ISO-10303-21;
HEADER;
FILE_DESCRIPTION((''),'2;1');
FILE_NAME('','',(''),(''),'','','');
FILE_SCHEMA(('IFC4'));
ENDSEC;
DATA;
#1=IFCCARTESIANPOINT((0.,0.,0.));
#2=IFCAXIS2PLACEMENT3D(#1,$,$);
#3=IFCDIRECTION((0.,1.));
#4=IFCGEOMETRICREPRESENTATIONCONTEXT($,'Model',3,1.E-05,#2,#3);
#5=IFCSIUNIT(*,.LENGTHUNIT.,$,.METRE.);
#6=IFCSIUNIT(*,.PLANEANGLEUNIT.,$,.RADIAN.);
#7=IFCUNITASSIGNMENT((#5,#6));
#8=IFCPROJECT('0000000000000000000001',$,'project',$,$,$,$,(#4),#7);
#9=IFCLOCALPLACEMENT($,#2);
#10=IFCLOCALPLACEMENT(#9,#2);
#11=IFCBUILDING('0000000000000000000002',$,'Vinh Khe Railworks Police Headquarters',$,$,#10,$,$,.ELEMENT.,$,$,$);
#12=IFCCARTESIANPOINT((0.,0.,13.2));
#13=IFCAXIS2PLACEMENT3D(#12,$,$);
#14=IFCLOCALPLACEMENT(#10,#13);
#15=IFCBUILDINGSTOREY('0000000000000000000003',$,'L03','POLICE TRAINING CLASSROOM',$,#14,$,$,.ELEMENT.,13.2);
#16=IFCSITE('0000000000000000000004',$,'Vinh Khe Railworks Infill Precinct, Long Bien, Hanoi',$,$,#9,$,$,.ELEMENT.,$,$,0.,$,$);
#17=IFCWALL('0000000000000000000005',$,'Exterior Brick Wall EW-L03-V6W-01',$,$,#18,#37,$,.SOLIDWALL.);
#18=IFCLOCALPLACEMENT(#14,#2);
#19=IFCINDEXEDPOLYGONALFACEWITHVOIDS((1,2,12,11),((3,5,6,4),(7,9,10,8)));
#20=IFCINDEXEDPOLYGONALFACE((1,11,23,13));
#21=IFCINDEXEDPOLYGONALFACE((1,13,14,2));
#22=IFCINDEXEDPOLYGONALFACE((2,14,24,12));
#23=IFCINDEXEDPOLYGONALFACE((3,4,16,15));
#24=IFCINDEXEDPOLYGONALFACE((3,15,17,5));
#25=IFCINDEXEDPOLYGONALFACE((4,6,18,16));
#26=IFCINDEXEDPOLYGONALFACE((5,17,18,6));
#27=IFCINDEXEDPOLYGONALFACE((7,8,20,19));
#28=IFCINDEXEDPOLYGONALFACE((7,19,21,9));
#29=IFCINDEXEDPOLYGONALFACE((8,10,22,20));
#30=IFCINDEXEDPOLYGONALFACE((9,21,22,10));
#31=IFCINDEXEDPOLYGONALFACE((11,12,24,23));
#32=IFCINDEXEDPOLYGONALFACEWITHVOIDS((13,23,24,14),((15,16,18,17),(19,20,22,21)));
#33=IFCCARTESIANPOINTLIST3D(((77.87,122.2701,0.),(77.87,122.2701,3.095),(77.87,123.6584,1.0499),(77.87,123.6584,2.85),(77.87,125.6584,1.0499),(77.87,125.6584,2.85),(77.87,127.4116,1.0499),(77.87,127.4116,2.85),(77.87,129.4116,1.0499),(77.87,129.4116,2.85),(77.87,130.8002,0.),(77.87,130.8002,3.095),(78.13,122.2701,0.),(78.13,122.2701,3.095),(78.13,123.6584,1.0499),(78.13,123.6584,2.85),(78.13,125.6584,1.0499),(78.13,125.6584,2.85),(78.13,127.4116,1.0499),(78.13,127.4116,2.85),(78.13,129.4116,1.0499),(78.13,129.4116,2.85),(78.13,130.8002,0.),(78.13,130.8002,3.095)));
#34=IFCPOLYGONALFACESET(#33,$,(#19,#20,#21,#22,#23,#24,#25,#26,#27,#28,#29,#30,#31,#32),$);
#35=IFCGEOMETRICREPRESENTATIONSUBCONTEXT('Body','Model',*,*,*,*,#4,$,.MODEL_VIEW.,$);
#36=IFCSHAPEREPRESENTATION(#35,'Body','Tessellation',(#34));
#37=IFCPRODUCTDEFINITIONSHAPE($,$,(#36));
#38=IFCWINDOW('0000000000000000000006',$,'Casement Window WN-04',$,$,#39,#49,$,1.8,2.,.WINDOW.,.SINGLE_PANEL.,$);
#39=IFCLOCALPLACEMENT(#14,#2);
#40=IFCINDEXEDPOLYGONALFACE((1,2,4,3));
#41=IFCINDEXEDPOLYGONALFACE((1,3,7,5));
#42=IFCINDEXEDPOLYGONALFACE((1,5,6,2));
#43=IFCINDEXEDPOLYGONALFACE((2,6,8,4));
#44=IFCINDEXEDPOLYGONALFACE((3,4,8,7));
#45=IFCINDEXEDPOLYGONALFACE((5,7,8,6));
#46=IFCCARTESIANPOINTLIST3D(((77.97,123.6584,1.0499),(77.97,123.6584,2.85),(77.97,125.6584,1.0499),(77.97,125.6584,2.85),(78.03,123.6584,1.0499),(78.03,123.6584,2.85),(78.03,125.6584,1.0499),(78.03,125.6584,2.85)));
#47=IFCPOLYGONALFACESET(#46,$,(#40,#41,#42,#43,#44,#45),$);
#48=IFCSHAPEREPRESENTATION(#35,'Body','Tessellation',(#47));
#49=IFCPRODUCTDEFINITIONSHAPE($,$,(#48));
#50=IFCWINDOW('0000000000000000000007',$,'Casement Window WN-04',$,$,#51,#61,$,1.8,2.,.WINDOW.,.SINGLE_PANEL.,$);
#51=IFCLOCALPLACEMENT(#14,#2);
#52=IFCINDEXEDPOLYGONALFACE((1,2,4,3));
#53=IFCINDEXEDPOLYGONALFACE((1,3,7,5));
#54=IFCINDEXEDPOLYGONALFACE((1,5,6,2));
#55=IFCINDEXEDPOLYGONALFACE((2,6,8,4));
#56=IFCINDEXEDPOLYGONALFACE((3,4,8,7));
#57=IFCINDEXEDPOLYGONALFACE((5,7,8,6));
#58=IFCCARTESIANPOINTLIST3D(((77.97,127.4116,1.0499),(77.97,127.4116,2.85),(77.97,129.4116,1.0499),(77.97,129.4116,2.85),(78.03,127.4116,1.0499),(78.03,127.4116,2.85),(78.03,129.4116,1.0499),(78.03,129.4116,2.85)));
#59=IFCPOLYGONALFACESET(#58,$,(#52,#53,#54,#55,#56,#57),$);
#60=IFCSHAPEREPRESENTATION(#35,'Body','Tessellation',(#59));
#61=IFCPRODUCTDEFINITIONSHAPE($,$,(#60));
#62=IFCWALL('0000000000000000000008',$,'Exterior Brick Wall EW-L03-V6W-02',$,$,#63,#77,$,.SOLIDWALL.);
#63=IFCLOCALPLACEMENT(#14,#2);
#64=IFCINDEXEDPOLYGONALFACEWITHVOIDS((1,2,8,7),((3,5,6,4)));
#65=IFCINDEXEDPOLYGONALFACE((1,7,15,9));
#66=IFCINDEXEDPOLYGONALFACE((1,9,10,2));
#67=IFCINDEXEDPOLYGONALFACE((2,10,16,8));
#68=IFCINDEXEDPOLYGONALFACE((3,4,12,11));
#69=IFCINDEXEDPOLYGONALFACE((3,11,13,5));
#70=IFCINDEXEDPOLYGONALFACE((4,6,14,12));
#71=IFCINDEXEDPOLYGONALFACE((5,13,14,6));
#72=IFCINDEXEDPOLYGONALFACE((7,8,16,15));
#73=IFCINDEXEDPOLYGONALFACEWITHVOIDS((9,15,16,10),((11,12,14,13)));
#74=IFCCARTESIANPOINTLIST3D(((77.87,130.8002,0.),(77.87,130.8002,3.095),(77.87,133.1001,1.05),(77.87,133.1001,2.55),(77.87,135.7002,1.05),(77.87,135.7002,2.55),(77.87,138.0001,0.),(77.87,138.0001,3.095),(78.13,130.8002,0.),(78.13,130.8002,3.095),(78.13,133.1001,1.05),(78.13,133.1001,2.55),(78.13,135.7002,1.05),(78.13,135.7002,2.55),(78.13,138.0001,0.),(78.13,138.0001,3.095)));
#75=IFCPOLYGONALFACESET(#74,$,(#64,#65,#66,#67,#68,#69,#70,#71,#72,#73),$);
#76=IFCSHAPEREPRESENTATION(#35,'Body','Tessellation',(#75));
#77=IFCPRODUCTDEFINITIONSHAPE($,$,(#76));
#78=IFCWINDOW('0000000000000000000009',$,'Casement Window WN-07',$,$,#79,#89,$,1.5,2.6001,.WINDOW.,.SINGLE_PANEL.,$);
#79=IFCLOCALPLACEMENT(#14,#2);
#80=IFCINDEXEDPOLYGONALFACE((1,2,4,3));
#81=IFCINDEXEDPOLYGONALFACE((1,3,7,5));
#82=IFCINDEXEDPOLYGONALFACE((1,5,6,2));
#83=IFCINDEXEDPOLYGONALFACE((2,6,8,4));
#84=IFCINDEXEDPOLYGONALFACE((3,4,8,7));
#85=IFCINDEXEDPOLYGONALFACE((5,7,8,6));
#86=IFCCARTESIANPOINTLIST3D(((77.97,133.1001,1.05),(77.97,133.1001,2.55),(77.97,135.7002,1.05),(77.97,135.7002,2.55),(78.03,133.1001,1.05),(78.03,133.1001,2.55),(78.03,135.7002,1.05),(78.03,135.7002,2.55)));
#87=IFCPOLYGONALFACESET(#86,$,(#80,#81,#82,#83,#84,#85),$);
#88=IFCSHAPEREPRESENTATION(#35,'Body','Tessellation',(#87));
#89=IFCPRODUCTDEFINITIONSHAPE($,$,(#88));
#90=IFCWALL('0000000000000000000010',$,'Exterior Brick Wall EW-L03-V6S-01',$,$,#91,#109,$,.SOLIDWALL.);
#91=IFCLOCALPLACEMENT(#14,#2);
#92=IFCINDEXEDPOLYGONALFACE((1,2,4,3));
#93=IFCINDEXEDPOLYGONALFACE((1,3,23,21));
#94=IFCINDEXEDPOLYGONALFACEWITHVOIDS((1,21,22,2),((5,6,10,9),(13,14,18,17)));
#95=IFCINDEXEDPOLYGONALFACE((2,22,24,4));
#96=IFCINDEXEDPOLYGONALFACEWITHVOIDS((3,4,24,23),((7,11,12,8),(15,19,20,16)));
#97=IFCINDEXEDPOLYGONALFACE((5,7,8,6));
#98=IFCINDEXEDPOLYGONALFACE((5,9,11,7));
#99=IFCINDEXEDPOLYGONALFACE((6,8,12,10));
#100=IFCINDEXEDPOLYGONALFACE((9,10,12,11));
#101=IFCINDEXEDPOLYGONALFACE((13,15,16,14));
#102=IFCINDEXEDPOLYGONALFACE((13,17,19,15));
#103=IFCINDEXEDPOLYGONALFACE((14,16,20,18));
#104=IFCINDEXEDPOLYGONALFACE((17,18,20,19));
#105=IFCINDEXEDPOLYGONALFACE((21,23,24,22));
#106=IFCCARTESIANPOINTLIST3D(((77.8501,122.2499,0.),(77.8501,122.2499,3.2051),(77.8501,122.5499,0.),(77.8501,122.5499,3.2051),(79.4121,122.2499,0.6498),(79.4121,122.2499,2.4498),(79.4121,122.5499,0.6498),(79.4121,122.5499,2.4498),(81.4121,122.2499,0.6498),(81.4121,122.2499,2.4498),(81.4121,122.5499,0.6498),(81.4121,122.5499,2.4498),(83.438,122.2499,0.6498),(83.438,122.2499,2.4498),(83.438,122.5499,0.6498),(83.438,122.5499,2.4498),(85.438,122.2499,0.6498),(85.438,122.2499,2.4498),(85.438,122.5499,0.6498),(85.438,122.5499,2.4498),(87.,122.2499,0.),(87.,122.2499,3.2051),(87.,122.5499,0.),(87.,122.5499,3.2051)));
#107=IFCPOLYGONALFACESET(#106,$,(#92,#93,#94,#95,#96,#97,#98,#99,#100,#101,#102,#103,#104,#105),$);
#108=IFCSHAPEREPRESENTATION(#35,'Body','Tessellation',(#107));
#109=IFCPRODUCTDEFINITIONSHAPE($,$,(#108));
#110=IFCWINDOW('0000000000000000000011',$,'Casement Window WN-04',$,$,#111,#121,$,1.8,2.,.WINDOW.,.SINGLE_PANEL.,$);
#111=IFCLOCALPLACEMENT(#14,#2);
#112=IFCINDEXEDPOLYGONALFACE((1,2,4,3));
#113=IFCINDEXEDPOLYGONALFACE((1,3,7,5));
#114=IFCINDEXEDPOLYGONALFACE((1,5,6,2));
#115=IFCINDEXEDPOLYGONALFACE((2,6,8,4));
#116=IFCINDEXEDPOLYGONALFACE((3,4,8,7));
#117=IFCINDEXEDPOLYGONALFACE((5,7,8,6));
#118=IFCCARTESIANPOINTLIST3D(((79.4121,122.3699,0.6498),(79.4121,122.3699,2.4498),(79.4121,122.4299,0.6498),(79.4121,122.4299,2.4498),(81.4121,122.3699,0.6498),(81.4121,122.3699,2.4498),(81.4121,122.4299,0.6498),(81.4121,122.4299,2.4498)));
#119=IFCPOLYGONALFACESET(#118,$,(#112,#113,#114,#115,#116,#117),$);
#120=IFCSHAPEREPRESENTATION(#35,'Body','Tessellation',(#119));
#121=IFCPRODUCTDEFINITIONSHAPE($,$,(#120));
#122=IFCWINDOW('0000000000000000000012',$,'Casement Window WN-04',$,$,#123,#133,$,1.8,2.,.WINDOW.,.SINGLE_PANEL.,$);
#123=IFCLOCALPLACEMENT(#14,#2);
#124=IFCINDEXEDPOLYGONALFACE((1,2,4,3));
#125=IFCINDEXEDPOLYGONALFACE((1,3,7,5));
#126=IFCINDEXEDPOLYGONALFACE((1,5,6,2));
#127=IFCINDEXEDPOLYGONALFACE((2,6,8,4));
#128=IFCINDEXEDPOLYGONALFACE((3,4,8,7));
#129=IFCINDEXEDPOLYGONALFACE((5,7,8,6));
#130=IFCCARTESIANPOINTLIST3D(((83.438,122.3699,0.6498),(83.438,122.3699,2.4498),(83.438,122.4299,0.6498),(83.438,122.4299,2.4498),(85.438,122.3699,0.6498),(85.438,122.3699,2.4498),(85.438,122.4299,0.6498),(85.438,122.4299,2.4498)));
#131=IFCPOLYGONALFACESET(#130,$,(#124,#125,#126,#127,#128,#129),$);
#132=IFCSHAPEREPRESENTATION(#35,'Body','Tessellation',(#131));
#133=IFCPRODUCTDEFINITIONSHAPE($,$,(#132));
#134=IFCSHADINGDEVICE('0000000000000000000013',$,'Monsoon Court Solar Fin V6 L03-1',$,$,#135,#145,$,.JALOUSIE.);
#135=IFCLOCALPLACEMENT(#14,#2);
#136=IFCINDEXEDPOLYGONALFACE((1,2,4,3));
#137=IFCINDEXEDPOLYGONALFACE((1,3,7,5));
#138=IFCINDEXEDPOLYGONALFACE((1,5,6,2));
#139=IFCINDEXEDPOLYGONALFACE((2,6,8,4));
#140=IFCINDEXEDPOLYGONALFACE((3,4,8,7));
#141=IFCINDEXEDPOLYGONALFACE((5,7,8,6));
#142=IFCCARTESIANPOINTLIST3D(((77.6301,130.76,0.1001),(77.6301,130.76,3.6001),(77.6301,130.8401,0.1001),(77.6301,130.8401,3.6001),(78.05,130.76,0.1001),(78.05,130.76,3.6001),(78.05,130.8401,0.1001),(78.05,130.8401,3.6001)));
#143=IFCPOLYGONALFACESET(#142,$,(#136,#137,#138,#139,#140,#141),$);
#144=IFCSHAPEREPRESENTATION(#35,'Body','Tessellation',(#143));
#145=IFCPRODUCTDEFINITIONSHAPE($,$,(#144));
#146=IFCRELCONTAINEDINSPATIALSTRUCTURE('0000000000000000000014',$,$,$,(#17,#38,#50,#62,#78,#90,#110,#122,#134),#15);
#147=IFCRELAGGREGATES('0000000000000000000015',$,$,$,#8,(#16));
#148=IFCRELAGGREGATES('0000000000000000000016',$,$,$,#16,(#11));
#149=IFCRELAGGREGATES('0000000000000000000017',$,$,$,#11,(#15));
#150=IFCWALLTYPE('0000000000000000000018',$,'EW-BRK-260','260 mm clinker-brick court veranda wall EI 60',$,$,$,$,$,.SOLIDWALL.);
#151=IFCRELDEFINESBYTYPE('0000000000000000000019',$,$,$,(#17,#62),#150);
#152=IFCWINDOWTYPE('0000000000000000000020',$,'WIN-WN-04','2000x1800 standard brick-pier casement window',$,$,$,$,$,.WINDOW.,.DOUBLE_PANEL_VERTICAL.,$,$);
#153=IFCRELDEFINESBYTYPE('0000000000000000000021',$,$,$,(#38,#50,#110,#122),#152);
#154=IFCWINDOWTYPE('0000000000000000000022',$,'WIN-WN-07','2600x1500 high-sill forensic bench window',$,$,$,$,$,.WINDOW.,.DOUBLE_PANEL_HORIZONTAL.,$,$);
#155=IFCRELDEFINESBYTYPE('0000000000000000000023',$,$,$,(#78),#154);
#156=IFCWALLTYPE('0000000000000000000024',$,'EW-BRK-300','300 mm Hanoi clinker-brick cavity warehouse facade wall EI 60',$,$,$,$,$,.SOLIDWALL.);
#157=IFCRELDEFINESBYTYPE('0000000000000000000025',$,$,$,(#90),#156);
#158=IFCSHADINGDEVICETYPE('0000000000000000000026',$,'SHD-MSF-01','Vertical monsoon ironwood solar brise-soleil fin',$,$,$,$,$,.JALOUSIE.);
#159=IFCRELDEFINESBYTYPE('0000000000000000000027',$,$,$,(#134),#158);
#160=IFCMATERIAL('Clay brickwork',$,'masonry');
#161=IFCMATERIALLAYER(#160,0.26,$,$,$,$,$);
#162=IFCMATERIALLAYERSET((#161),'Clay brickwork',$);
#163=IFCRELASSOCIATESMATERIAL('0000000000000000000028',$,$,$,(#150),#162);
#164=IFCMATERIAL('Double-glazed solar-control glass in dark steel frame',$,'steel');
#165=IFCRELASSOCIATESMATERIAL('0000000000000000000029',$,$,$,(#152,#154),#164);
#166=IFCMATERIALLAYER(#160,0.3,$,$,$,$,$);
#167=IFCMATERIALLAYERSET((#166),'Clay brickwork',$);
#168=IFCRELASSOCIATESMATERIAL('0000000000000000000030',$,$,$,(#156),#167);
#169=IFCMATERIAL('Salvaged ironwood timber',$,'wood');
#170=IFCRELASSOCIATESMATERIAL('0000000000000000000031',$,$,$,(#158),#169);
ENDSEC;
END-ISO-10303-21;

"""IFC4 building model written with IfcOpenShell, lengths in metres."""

from ifc_helpers import new_model, si_unit, direction, frame, frame_2d, origin, origin_2d, place, context, subcontext, project, spatial, rectangle, extrude, material, layer, layer_set, type_object, element, fill, save


model = new_model("IFC4")

# Units and contexts
model_context = context("Model", 3, precision=1e-05, world=origin(), true_north=direction((0.0, 1.0)))
body_context = subcontext(model_context, "Body", "Model", "MODEL_VIEW")
ifc_project = project(units=[si_unit("LENGTHUNIT", "METRE"), si_unit("PLANEANGLEUNIT", "RADIAN")], contexts=[model_context])

# Site, building, storey
site_placement = place(None, origin())
site = spatial("IfcSite", under=ifc_project, at=site_placement, Name="Vinh Khe Railworks Infill Precinct, Long Bien, Hanoi", CompositionType="ELEMENT", RefElevation=0.0)
building_placement = place(site_placement, origin())
building = spatial("IfcBuilding", under=site, at=building_placement, Name="Vinh Khe Railworks Police Headquarters", CompositionType="ELEMENT")
storey_placement = place(building_placement, frame((0.0, 0.0, 13.2)))
storey = spatial("IfcBuildingStorey", under=building, at=storey_placement, Name="L03", Description="POLICE TRAINING CLASSROOM", CompositionType="ELEMENT", Elevation=13.2)

# Wall, openings, windows
ifc_material_1 = material(Name="Clay brickwork", Category="masonry")
ifc_layer_1 = layer(ifc_material_1, 0.26)
ifc_layer_set_1 = layer_set([ifc_layer_1], Name="Clay brickwork")
wall_type_1 = type_object("IfcWallType", Name="EW-BRK-260", Description="260 mm clinker-brick court veranda wall EI 60", PredefinedType="SOLIDWALL", material=ifc_layer_set_1)
wall_1_placement = place(storey_placement, frame((78.0, 122.27, 0.0), z_axis=(0.0, 0.0, 1.0), x_axis=(0.0, 1.0, 0.0)))
wall_1 = element("IfcWall", 1, at=wall_1_placement, inside=storey, type_object=wall_type_1, Name="Exterior Brick Wall EW-L03-V6W-01", PredefinedType="SOLIDWALL", context=body_context, shape_type="SweptSolid", body=[
    extrude(rectangle(XDim=8.53, YDim=0.26, at=frame_2d((4.2651, 0.0))), origin(), (0.0, 0.0, 1.0), 3.095),
])
opening_1_placement = place(wall_1_placement, frame((1.3884, 0.0, 1.05)))
opening_1 = element("IfcOpeningElement", 2, at=opening_1_placement, cuts=wall_1, PredefinedType="OPENING", context=body_context, shape_type="SweptSolid", body=[
    extrude(rectangle(XDim=2.0, YDim=1.8, at=frame_2d((1.0, 0.8999))), frame((0.0, 0.145, 0.0), z_axis=(0.0, -1.0, 0.0), x_axis=(1.0, 0.0, 0.0)), (0.0, 0.0, 1.0), 0.2898),
])
opening_2_placement = place(wall_1_placement, frame((5.1416, 0.0, 1.05)))
opening_2 = element("IfcOpeningElement", 3, at=opening_2_placement, cuts=wall_1, PredefinedType="OPENING", context=body_context, shape_type="SweptSolid", body=[
    extrude(rectangle(XDim=2.0, YDim=1.8, at=frame_2d((1.0, 0.8999))), frame((0.0, 0.145, 0.0), z_axis=(0.0, -1.0, 0.0), x_axis=(1.0, 0.0, 0.0)), (0.0, 0.0, 1.0), 0.2898),
])
ifc_material_2 = material(Name="Double-glazed solar-control glass in dark steel frame", Category="steel")
window_type_1 = type_object("IfcWindowType", Name="WIN-WN-04", Description="2000x1800 standard brick-pier casement window", PartitioningType="DOUBLE_PANEL_VERTICAL", PredefinedType="WINDOW", material=ifc_material_2)
window_1_placement = place(opening_1_placement, origin())
window_1 = element("IfcWindow", 4, at=window_1_placement, inside=storey, type_object=window_type_1, Name="Casement Window WN-04", OverallHeight=1.8, OverallWidth=2.0, PartitioningType="SINGLE_PANEL", PredefinedType="WINDOW", context=body_context, shape_type="SweptSolid", body=[
    extrude(rectangle(XDim=2.0, YDim=1.8, at=frame_2d((1.0, 0.8999))), frame((0.0, 0.03, 0.0), z_axis=(0.0, -1.0, 0.0), x_axis=(1.0, 0.0, 0.0)), (0.0, 0.0, 1.0), 0.0601),
])
fill(opening_1, window_1)
window_2_placement = place(opening_2_placement, origin())
window_2 = element("IfcWindow", 5, at=window_2_placement, inside=storey, type_object=window_type_1, Name="Casement Window WN-04", OverallHeight=1.8, OverallWidth=2.0, PartitioningType="SINGLE_PANEL", PredefinedType="WINDOW", context=body_context, shape_type="SweptSolid", body=[
    extrude(rectangle(XDim=2.0, YDim=1.8, at=frame_2d((1.0, 0.8999))), frame((0.0, 0.03, 0.0), z_axis=(0.0, -1.0, 0.0), x_axis=(1.0, 0.0, 0.0)), (0.0, 0.0, 1.0), 0.0601),
])
fill(opening_2, window_2)

# Wall, opening, window
wall_2_placement = place(storey_placement, frame((78.0, 130.8, 0.0), z_axis=(0.0, 0.0, 1.0), x_axis=(0.0, 1.0, 0.0)))
wall_2 = element("IfcWall", 6, at=wall_2_placement, inside=storey, type_object=wall_type_1, Name="Exterior Brick Wall EW-L03-V6W-02", PredefinedType="SOLIDWALL", context=body_context, shape_type="SweptSolid", body=[
    extrude(rectangle(XDim=7.2, YDim=0.26, at=frame_2d((3.6001, 0.0))), origin(), (0.0, 0.0, 1.0), 3.095),
])
opening_3_placement = place(wall_2_placement, frame((2.3, 0.0, 1.05)))
opening_3 = element("IfcOpeningElement", 7, at=opening_3_placement, cuts=wall_2, PredefinedType="OPENING", context=body_context, shape_type="SweptSolid", body=[
    extrude(rectangle(XDim=2.6001, YDim=1.5, at=frame_2d((1.3, 0.75))), frame((0.0, 0.145, 0.0), z_axis=(0.0, -1.0, 0.0), x_axis=(1.0, 0.0, 0.0)), (0.0, 0.0, 1.0), 0.2898),
])
window_type_2 = type_object("IfcWindowType", Name="WIN-WN-07", Description="2600x1500 high-sill forensic bench window", PartitioningType="DOUBLE_PANEL_HORIZONTAL", PredefinedType="WINDOW", material=ifc_material_2)
window_3_placement = place(opening_3_placement, origin())
window_3 = element("IfcWindow", 8, at=window_3_placement, inside=storey, type_object=window_type_2, Name="Casement Window WN-07", OverallHeight=1.5, OverallWidth=2.6001, PartitioningType="SINGLE_PANEL", PredefinedType="WINDOW", context=body_context, shape_type="SweptSolid", body=[
    extrude(rectangle(XDim=2.6001, YDim=1.5, at=frame_2d((1.3, 0.75))), frame((0.0, 0.03, 0.0), z_axis=(0.0, -1.0, 0.0), x_axis=(1.0, 0.0, 0.0)), (0.0, 0.0, 1.0), 0.0601),
])
fill(opening_3, window_3)

# Wall, openings, windows
ifc_layer_2 = layer(ifc_material_1, 0.3)
ifc_layer_set_2 = layer_set([ifc_layer_2], Name="Clay brickwork")
wall_type_2 = type_object("IfcWallType", Name="EW-BRK-300", Description="300 mm Hanoi clinker-brick cavity warehouse facade wall EI 60", PredefinedType="SOLIDWALL", material=ifc_layer_set_2)
wall_3_placement = place(storey_placement, frame((77.8501, 122.3999, 0.0), z_axis=(0.0, 0.0, 1.0), x_axis=(1.0, 0.0, 0.0)))
wall_3 = element("IfcWall", 9, at=wall_3_placement, inside=storey, type_object=wall_type_2, Name="Exterior Brick Wall EW-L03-V6S-01", PredefinedType="SOLIDWALL", context=body_context, shape_type="SweptSolid", body=[
    extrude(rectangle(XDim=9.1499, YDim=0.3, at=frame_2d((4.575, 0.0))), origin(), (0.0, 0.0, 1.0), 3.2051),
])
opening_4_placement = place(wall_3_placement, frame((1.562, 0.0, 0.6499)))
opening_4 = element("IfcOpeningElement", 10, at=opening_4_placement, cuts=wall_3, PredefinedType="OPENING", context=body_context, shape_type="SweptSolid", body=[
    extrude(rectangle(XDim=2.0, YDim=1.8, at=frame_2d((1.0, 0.8999))), frame((0.0, 0.165, 0.0), z_axis=(0.0, -1.0, 0.0), x_axis=(1.0, 0.0, 0.0)), (0.0, 0.0, 1.0), 0.3298),
])
opening_5_placement = place(wall_3_placement, frame((5.5879, 0.0, 0.6499)))
opening_5 = element("IfcOpeningElement", 11, at=opening_5_placement, cuts=wall_3, PredefinedType="OPENING", context=body_context, shape_type="SweptSolid", body=[
    extrude(rectangle(XDim=2.0, YDim=1.8, at=frame_2d((1.0, 0.8999))), frame((0.0, 0.165, 0.0), z_axis=(0.0, -1.0, 0.0), x_axis=(1.0, 0.0, 0.0)), (0.0, 0.0, 1.0), 0.3298),
])
window_4_placement = place(opening_4_placement, origin())
window_4 = element("IfcWindow", 12, at=window_4_placement, inside=storey, type_object=window_type_1, Name="Casement Window WN-04", OverallHeight=1.8, OverallWidth=2.0, PartitioningType="SINGLE_PANEL", PredefinedType="WINDOW", context=body_context, shape_type="SweptSolid", body=[
    extrude(rectangle(XDim=2.0, YDim=1.8, at=frame_2d((1.0, 0.8999))), frame((0.0, 0.03, 0.0), z_axis=(0.0, -1.0, 0.0), x_axis=(1.0, 0.0, 0.0)), (0.0, 0.0, 1.0), 0.0601),
])
fill(opening_4, window_4)
window_5_placement = place(opening_5_placement, origin())
window_5 = element("IfcWindow", 13, at=window_5_placement, inside=storey, type_object=window_type_1, Name="Casement Window WN-04", OverallHeight=1.8, OverallWidth=2.0, PartitioningType="SINGLE_PANEL", PredefinedType="WINDOW", context=body_context, shape_type="SweptSolid", body=[
    extrude(rectangle(XDim=2.0, YDim=1.8, at=frame_2d((1.0, 0.8999))), frame((0.0, 0.03, 0.0), z_axis=(0.0, -1.0, 0.0), x_axis=(1.0, 0.0, 0.0)), (0.0, 0.0, 1.0), 0.0601),
])
fill(opening_5, window_5)

# Shading device
ifc_material_3 = material(Name="Salvaged ironwood timber", Category="wood")
shading_device_type = type_object("IfcShadingDeviceType", Name="SHD-MSF-01", Description="Vertical monsoon ironwood solar brise-soleil fin", PredefinedType="JALOUSIE", material=ifc_material_3)
shading_device_placement = place(storey_placement, frame((77.8401, 130.8, 0.1001), z_axis=(0.0, 0.0, 1.0), x_axis=(1.0, 0.0, 0.0)))
element("IfcShadingDevice", 14, at=shading_device_placement, inside=storey, type_object=shading_device_type, Name="Monsoon Court Solar Fin V6 L03-1", PredefinedType="JALOUSIE", context=body_context, shape_type="SweptSolid", body=[
    extrude(rectangle(XDim=0.4199, YDim=0.0801, at=origin_2d()), origin(), (0.0, 0.0, 1.0), 3.5),
])

save(model, "model.ifc")
